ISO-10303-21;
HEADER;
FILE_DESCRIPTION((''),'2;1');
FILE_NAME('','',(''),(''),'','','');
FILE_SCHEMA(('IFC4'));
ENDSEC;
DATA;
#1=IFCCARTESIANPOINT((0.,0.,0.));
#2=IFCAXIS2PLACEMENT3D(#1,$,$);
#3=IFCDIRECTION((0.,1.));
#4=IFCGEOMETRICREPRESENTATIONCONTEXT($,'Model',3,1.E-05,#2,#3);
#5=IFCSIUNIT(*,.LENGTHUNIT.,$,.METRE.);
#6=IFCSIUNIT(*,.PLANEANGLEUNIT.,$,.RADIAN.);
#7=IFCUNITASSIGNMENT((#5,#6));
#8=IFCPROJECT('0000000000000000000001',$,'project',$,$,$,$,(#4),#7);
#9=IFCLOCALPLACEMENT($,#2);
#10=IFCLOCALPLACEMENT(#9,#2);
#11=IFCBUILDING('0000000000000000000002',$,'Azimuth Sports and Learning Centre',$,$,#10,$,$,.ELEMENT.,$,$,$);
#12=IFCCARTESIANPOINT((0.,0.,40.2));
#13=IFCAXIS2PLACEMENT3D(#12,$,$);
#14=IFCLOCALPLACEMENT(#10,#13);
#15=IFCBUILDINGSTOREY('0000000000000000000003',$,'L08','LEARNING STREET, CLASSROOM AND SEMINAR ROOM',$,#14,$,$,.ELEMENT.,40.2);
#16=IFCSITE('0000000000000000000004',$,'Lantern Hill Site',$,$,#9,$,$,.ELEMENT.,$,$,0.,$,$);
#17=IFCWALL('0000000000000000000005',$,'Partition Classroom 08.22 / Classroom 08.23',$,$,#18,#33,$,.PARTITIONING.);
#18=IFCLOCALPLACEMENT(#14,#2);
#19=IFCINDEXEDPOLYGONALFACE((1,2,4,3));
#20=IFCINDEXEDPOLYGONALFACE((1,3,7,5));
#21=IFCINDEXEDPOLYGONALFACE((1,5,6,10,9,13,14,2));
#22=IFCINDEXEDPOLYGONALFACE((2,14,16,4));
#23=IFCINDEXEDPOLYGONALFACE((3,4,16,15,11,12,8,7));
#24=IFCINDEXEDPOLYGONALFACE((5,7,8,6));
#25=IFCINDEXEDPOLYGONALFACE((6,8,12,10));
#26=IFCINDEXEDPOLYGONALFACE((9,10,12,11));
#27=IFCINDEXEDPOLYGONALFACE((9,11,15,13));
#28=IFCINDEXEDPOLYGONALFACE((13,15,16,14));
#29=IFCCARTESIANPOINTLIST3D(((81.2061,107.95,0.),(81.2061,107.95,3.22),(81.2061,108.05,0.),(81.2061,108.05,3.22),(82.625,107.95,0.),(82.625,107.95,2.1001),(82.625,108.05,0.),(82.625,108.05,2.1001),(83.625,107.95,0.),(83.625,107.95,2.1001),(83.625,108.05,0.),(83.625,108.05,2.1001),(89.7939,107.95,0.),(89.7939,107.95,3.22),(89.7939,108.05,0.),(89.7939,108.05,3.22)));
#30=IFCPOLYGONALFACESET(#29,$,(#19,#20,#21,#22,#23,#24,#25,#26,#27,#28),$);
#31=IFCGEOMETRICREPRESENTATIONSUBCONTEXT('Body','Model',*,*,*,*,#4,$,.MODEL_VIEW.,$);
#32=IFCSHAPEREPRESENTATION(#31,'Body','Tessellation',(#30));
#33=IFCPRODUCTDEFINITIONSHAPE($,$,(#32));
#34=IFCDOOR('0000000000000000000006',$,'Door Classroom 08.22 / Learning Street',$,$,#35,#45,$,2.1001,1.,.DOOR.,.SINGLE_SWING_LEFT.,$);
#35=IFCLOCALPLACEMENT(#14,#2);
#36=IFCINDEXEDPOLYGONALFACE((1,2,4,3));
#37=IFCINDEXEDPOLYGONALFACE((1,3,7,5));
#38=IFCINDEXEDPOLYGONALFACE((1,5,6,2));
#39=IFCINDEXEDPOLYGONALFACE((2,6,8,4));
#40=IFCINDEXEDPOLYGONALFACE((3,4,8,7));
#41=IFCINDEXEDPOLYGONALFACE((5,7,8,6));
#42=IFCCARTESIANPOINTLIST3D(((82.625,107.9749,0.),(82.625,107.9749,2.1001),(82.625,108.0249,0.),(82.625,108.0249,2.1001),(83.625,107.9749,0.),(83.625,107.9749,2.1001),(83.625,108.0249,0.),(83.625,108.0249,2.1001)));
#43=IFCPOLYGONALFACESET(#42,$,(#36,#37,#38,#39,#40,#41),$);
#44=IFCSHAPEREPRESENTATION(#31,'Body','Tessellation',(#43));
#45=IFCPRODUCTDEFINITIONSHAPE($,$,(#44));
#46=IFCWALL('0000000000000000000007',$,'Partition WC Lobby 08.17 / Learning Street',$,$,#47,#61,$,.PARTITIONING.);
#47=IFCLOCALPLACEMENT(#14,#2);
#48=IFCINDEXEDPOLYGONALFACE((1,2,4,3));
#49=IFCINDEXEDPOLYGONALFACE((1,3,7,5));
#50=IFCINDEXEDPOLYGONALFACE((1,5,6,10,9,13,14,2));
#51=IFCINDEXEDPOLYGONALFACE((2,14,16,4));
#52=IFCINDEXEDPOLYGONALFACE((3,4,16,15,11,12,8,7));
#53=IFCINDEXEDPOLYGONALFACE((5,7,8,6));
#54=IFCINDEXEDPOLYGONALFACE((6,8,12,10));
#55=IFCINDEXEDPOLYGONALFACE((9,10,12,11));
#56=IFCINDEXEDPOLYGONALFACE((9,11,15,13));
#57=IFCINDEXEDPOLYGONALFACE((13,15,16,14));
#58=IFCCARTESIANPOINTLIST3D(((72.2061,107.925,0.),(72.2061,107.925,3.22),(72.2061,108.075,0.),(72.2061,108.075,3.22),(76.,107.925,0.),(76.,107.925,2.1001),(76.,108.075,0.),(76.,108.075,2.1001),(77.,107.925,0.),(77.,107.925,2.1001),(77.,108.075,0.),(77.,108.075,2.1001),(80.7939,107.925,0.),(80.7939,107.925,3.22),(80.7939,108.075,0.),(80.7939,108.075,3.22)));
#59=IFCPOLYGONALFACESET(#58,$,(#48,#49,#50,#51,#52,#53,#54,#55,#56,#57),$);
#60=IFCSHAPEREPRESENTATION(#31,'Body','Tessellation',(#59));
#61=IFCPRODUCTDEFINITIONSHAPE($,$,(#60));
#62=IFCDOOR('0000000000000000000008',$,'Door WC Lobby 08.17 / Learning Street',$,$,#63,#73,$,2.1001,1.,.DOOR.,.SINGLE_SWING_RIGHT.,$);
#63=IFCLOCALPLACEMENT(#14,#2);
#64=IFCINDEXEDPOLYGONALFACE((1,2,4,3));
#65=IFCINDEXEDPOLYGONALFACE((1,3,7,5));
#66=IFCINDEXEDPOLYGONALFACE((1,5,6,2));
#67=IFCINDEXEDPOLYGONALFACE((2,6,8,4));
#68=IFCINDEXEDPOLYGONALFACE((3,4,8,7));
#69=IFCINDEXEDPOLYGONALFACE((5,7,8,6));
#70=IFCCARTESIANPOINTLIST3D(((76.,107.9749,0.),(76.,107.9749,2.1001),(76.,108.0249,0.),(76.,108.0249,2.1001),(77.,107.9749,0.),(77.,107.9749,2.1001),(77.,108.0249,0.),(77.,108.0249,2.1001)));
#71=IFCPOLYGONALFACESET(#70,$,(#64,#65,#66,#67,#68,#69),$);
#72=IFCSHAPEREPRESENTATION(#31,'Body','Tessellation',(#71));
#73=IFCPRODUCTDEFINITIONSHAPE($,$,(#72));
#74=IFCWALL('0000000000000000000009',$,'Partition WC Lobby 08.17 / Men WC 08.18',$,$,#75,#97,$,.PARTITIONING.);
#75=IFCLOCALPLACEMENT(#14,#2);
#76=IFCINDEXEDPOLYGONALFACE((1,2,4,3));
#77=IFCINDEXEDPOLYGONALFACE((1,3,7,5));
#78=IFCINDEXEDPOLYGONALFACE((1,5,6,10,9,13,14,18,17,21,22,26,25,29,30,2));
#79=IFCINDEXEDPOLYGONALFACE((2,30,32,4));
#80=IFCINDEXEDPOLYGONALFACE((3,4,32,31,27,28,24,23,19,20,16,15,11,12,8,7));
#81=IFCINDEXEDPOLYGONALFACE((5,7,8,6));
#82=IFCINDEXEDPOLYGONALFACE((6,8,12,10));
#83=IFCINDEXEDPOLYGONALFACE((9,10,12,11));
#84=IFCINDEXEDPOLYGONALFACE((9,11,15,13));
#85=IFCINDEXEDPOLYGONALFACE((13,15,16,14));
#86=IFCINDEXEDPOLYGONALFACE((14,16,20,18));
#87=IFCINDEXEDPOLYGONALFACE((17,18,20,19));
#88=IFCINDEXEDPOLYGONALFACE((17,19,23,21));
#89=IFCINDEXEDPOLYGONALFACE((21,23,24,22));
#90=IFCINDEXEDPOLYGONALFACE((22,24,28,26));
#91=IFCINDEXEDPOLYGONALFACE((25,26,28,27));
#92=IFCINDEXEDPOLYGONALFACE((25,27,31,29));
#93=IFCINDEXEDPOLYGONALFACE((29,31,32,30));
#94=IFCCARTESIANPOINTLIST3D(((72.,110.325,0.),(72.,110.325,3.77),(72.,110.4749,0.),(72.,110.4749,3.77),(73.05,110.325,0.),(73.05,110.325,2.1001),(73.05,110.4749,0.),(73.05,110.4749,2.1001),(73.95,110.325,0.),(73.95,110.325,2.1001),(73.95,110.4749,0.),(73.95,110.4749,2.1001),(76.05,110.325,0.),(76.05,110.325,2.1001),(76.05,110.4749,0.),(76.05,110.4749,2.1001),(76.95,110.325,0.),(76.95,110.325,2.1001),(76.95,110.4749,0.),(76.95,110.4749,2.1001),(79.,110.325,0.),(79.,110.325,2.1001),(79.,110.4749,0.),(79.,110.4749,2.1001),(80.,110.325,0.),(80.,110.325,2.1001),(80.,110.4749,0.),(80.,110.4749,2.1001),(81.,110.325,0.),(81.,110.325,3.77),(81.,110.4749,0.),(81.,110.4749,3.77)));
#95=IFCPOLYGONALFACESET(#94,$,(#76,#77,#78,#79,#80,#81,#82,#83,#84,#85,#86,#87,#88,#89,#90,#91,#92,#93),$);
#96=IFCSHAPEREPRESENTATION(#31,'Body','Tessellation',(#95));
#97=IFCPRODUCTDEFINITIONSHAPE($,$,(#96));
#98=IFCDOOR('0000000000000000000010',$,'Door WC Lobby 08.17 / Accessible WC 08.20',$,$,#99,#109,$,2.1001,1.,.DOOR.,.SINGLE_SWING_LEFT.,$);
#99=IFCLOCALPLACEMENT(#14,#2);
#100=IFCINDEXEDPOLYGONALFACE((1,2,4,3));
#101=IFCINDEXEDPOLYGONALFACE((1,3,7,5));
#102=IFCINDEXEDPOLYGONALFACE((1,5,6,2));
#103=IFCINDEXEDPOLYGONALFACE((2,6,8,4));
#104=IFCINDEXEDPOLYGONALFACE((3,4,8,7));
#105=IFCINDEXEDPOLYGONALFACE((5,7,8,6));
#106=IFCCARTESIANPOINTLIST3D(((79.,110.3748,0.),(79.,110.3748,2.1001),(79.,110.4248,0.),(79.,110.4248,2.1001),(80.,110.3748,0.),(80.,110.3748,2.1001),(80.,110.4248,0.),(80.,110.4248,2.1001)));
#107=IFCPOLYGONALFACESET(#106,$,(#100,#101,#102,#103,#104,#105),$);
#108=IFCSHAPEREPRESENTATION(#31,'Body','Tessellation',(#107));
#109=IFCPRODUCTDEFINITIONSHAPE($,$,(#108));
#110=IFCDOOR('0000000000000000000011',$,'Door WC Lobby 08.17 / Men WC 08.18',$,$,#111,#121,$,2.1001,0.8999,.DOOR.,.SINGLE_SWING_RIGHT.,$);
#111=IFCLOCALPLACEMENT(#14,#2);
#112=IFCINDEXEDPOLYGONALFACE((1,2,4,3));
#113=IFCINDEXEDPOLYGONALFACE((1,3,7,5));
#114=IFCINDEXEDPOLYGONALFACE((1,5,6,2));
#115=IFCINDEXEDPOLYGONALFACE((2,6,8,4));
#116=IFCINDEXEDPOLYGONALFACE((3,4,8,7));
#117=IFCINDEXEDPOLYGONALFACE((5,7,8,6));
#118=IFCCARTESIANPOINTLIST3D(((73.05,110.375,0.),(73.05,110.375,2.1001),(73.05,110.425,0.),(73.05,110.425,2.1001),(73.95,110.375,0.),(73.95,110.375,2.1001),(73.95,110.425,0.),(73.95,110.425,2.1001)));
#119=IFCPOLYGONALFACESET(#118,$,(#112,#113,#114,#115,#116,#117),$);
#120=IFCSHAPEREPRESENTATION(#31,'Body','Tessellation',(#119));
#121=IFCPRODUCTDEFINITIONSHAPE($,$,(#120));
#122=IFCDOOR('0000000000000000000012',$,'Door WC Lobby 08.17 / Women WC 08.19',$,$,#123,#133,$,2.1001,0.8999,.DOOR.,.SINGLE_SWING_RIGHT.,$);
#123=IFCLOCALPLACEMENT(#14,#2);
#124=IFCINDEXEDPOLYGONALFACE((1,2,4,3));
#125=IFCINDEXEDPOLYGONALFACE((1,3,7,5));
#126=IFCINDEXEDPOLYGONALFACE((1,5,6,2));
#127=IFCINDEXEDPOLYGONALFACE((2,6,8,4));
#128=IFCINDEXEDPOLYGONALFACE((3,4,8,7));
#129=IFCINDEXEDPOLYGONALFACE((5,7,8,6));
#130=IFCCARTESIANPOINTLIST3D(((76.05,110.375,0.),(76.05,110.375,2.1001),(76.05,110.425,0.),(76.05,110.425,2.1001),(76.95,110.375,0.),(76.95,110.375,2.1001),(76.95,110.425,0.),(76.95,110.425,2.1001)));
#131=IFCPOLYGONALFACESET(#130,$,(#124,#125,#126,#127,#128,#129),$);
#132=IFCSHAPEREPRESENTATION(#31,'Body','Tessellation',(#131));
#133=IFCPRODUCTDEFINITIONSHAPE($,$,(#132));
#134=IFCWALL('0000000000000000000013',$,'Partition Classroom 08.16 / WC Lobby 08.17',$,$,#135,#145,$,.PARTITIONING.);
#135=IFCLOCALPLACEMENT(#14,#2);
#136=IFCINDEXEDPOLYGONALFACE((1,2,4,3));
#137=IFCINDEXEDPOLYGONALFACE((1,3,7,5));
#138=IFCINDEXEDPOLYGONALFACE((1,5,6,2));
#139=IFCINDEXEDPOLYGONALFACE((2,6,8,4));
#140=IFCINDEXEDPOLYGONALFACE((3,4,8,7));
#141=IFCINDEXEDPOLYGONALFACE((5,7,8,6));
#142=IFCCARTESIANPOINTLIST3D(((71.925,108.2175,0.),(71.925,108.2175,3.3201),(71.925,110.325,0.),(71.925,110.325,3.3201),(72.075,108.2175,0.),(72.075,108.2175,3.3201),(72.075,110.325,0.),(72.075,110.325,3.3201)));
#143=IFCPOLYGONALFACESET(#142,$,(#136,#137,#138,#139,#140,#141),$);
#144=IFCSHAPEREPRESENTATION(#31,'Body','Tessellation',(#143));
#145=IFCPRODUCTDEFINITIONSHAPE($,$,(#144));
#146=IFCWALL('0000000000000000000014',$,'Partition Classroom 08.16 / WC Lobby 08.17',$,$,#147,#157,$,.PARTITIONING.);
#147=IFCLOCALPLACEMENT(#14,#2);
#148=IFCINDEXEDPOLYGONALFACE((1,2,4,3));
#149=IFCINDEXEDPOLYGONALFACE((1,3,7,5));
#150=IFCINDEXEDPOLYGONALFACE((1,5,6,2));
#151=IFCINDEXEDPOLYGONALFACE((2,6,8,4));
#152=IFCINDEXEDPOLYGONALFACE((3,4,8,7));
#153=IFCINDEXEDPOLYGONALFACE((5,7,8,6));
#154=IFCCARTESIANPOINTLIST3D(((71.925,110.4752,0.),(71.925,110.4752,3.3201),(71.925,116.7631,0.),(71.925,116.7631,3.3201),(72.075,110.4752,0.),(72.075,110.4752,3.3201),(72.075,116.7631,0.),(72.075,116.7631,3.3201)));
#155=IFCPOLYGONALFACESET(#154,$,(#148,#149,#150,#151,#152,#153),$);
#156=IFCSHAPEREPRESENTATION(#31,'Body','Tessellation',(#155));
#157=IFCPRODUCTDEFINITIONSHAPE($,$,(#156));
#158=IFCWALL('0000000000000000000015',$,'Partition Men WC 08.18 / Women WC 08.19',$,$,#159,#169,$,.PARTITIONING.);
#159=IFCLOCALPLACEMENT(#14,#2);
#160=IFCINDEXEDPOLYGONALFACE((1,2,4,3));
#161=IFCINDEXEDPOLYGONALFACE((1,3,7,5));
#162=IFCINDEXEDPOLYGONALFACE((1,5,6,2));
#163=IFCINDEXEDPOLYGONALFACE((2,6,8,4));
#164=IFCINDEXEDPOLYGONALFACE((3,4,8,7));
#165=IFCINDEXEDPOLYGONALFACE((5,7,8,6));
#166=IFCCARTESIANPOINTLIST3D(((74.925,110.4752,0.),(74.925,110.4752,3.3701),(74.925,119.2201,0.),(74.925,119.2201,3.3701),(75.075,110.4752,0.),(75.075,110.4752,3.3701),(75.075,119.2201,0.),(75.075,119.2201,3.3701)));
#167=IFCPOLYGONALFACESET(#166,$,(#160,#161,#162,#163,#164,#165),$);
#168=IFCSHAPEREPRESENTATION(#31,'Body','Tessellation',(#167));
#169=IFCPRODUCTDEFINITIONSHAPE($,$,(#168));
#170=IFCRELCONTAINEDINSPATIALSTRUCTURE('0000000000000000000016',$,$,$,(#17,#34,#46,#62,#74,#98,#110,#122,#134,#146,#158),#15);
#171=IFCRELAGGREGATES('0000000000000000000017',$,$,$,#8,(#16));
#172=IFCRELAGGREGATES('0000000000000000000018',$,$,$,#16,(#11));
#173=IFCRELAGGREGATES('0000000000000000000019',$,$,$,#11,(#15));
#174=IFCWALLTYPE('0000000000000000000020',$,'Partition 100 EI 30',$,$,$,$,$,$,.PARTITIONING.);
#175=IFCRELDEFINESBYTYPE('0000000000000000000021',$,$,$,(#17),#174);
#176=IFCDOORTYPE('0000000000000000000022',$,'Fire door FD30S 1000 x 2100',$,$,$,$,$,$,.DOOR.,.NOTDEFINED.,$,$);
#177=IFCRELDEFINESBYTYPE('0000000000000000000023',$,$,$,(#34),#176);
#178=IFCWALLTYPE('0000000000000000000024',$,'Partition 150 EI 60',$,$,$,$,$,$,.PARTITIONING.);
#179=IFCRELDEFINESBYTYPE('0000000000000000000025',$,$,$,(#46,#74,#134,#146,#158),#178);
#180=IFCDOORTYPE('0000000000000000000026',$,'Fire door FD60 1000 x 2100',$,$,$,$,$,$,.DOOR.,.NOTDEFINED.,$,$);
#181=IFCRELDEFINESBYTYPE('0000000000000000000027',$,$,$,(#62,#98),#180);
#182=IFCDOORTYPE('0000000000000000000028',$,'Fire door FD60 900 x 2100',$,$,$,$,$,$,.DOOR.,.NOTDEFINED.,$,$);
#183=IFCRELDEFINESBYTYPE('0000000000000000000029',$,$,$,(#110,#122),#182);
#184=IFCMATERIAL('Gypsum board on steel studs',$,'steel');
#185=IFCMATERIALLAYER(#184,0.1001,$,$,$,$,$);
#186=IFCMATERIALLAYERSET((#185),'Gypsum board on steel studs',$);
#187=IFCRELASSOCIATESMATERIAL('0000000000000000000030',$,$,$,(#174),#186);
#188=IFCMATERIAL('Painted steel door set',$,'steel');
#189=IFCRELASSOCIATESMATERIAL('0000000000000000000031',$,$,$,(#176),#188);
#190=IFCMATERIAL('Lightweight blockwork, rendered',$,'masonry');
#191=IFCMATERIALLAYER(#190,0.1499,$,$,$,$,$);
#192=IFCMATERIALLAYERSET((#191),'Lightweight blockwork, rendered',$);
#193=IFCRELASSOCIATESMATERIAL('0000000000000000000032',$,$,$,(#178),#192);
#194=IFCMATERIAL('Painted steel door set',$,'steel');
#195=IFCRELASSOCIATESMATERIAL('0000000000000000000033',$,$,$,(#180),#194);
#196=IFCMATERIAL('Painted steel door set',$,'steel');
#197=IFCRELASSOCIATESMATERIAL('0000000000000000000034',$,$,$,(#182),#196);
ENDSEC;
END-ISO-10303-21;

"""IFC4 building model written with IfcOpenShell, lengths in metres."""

from ifc_helpers import new_model, si_unit, direction, frame, frame_2d, origin, place, context, subcontext, project, spatial, rectangle, extrude, material, layer, layer_set, type_object, element, fill, save


model = new_model("IFC4")

# Units and contexts
model_context = context("Model", 3, precision=1e-05, world=origin(), true_north=direction((0.0, 1.0)))
body_context = subcontext(model_context, "Body", "Model", "MODEL_VIEW")
ifc_project = project(units=[si_unit("LENGTHUNIT", "METRE"), si_unit("PLANEANGLEUNIT", "RADIAN")], contexts=[model_context])

# Site, building, storey
site_placement = place(None, origin())
site = spatial("IfcSite", under=ifc_project, at=site_placement, Name="Lantern Hill Site", CompositionType="ELEMENT", RefElevation=0.0)
building_placement = place(site_placement, origin())
building = spatial("IfcBuilding", under=site, at=building_placement, Name="Azimuth Sports and Learning Centre", CompositionType="ELEMENT")
storey_placement = place(building_placement, frame((0.0, 0.0, 40.2)))
storey = spatial("IfcBuildingStorey", under=building, at=storey_placement, Name="L08", Description="LEARNING STREET, CLASSROOM AND SEMINAR ROOM", CompositionType="ELEMENT", Elevation=40.2)

# Walls, openings, doors
ifc_material_1 = material(Name="Gypsum board on steel studs", Category="steel")
ifc_layer_1 = layer(ifc_material_1, 0.1001)
ifc_layer_set_1 = layer_set([ifc_layer_1], Name="Gypsum board on steel studs")
wall_type_1 = type_object("IfcWallType", Name="Partition 100 EI 30", PredefinedType="PARTITIONING", material=ifc_layer_set_1)
wall_1_placement = place(storey_placement, frame((81.2061, 108.0, 0.0), z_axis=(0.0, 0.0, 1.0), x_axis=(1.0, 0.0, 0.0)))
wall_1 = element("IfcWall", 1, at=wall_1_placement, inside=storey, type_object=wall_type_1, Name="Partition Classroom 08.22 / Classroom 08.23", PredefinedType="PARTITIONING", context=body_context, shape_type="SweptSolid", body=[
    extrude(rectangle(XDim=8.5879, YDim=0.1001, at=frame_2d((4.2939, 0.0))), origin(), (0.0, 0.0, 1.0), 3.22),
])
opening_1_placement = place(wall_1_placement, frame((1.4189, 0.0, 0.0)))
opening_1 = element("IfcOpeningElement", 2, at=opening_1_placement, cuts=wall_1, PredefinedType="OPENING", context=body_context, shape_type="SweptSolid", body=[
    extrude(rectangle(XDim=1.0, YDim=2.1001, at=frame_2d((0.5, 1.05))), frame((0.0, 0.061, 0.0), z_axis=(0.0, -1.0, 0.0), x_axis=(1.0, 0.0, 0.0)), (0.0, 0.0, 1.0), 0.1221),
])
ifc_material_2 = material(Name="Painted steel door set", Category="steel")
door_type_1 = type_object("IfcDoorType", Name="Fire door FD30S 1000 x 2100", OperationType="NOTDEFINED", PredefinedType="DOOR", material=ifc_material_2)
door_1_placement = place(opening_1_placement, origin())
door_1 = element("IfcDoor", 3, at=door_1_placement, inside=storey, type_object=door_type_1, Name="Door Classroom 08.22 / Learning Street", OperationType="SINGLE_SWING_LEFT", OverallHeight=2.1001, OverallWidth=1.0, PredefinedType="DOOR", context=body_context, shape_type="SweptSolid", body=[
    extrude(rectangle(XDim=1.0, YDim=2.1001, at=frame_2d((0.5, 1.05))), frame((0.0, 0.0249, 0.0), z_axis=(0.0, -1.0, 0.0), x_axis=(1.0, 0.0, 0.0)), (0.0, 0.0, 1.0), 0.05),
])
fill(opening_1, door_1)
ifc_material_3 = material(Name="Lightweight blockwork, rendered", Category="masonry")
ifc_layer_2 = layer(ifc_material_3, 0.1499)
ifc_layer_set_2 = layer_set([ifc_layer_2], Name="Lightweight blockwork, rendered")
wall_type_2 = type_object("IfcWallType", Name="Partition 150 EI 60", PredefinedType="PARTITIONING", material=ifc_layer_set_2)
wall_2_placement = place(storey_placement, frame((72.2061, 108.0, 0.0), z_axis=(0.0, 0.0, 1.0), x_axis=(1.0, 0.0, 0.0)))
wall_2 = element("IfcWall", 4, at=wall_2_placement, inside=storey, type_object=wall_type_2, Name="Partition WC Lobby 08.17 / Learning Street", PredefinedType="PARTITIONING", context=body_context, shape_type="SweptSolid", body=[
    extrude(rectangle(XDim=8.5879, YDim=0.1499, at=frame_2d((4.2939, 0.0))), origin(), (0.0, 0.0, 1.0), 3.22),
])
opening_2_placement = place(wall_2_placement, frame((3.7939, 0.0, 0.0)))
opening_2 = element("IfcOpeningElement", 5, at=opening_2_placement, cuts=wall_2, PredefinedType="OPENING", context=body_context, shape_type="SweptSolid", body=[
    extrude(rectangle(XDim=1.0, YDim=2.1001, at=frame_2d((0.5, 1.05))), frame((0.0, 0.0859, 0.0), z_axis=(0.0, -1.0, 0.0), x_axis=(1.0, 0.0, 0.0)), (0.0, 0.0, 1.0), 0.1719),
])
ifc_material_4 = material(Name="Painted steel door set", Category="steel")
door_type_2 = type_object("IfcDoorType", Name="Fire door FD60 1000 x 2100", OperationType="NOTDEFINED", PredefinedType="DOOR", material=ifc_material_4)
door_2_placement = place(opening_2_placement, origin())
door_2 = element("IfcDoor", 6, at=door_2_placement, inside=storey, type_object=door_type_2, Name="Door WC Lobby 08.17 / Learning Street", OperationType="SINGLE_SWING_RIGHT", OverallHeight=2.1001, OverallWidth=1.0, PredefinedType="DOOR", context=body_context, shape_type="SweptSolid", body=[
    extrude(rectangle(XDim=1.0, YDim=2.1001, at=frame_2d((0.5, 1.05))), frame((0.0, 0.0249, 0.0), z_axis=(0.0, -1.0, 0.0), x_axis=(1.0, 0.0, 0.0)), (0.0, 0.0, 1.0), 0.05),
])
fill(opening_2, door_2)

# Wall, openings, doors
wall_3_placement = place(storey_placement, frame((72.0, 110.3999, 0.0), z_axis=(0.0, 0.0, 1.0), x_axis=(1.0, 0.0, 0.0)))
wall_3 = element("IfcWall", 7, at=wall_3_placement, inside=storey, type_object=wall_type_2, Name="Partition WC Lobby 08.17 / Men WC 08.18", PredefinedType="PARTITIONING", context=body_context, shape_type="SweptSolid", body=[
    extrude(rectangle(XDim=9.0, YDim=0.1499, at=frame_2d((4.5, 0.0))), origin(), (0.0, 0.0, 1.0), 3.77),
])
opening_3_placement = place(wall_3_placement, frame((1.05, 0.0, 0.0)))
opening_3 = element("IfcOpeningElement", 8, at=opening_3_placement, cuts=wall_3, PredefinedType="OPENING", context=body_context, shape_type="SweptSolid", body=[
    extrude(rectangle(XDim=0.8999, YDim=2.1001, at=frame_2d((0.45, 1.05))), frame((0.0, 0.0859, 0.0), z_axis=(0.0, -1.0, 0.0), x_axis=(1.0, 0.0, 0.0)), (0.0, 0.0, 1.0), 0.1719),
])
opening_4_placement = place(wall_3_placement, frame((4.05, 0.0, 0.0)))
opening_4 = element("IfcOpeningElement", 9, at=opening_4_placement, cuts=wall_3, PredefinedType="OPENING", context=body_context, shape_type="SweptSolid", body=[
    extrude(rectangle(XDim=0.8999, YDim=2.1001, at=frame_2d((0.45, 1.05))), frame((0.0, 0.0859, 0.0), z_axis=(0.0, -1.0, 0.0), x_axis=(1.0, 0.0, 0.0)), (0.0, 0.0, 1.0), 0.1719),
])
opening_5_placement = place(wall_3_placement, frame((7.0, 0.0, 0.0)))
opening_5 = element("IfcOpeningElement", 10, at=opening_5_placement, cuts=wall_3, PredefinedType="OPENING", context=body_context, shape_type="SweptSolid", body=[
    extrude(rectangle(XDim=1.0, YDim=2.1001, at=frame_2d((0.5, 1.05))), frame((0.0, 0.0859, 0.0), z_axis=(0.0, -1.0, 0.0), x_axis=(1.0, 0.0, 0.0)), (0.0, 0.0, 1.0), 0.1719),
])
door_3_placement = place(opening_5_placement, origin())
door_3 = element("IfcDoor", 11, at=door_3_placement, inside=storey, type_object=door_type_2, Name="Door WC Lobby 08.17 / Accessible WC 08.20", OperationType="SINGLE_SWING_LEFT", OverallHeight=2.1001, OverallWidth=1.0, PredefinedType="DOOR", context=body_context, shape_type="SweptSolid", body=[
    extrude(rectangle(XDim=1.0, YDim=2.1001, at=frame_2d((0.5, 1.05))), frame((0.0, 0.0249, 0.0), z_axis=(0.0, -1.0, 0.0), x_axis=(1.0, 0.0, 0.0)), (0.0, 0.0, 1.0), 0.05),
])
fill(opening_5, door_3)
ifc_material_5 = material(Name="Painted steel door set", Category="steel")
door_type_3 = type_object("IfcDoorType", Name="Fire door FD60 900 x 2100", OperationType="NOTDEFINED", PredefinedType="DOOR", material=ifc_material_5)
door_4_placement = place(opening_3_placement, frame((0.8999, 0.0, 0.0), z_axis=(0.0, 0.0, 1.0), x_axis=(-1.0, 0.0, 0.0)))
door_4 = element("IfcDoor", 12, at=door_4_placement, inside=storey, type_object=door_type_3, Name="Door WC Lobby 08.17 / Men WC 08.18", OperationType="SINGLE_SWING_RIGHT", OverallHeight=2.1001, OverallWidth=0.8999, PredefinedType="DOOR", context=body_context, shape_type="SweptSolid", body=[
    extrude(rectangle(XDim=0.8999, YDim=2.1001, at=frame_2d((0.45, 1.05))), frame((0.0, 0.0249, 0.0), z_axis=(0.0, -1.0, 0.0), x_axis=(1.0, 0.0, 0.0)), (0.0, 0.0, 1.0), 0.05),
])
fill(opening_3, door_4)
door_5_placement = place(opening_4_placement, frame((0.8999, 0.0, 0.0), z_axis=(0.0, 0.0, 1.0), x_axis=(-1.0, 0.0, 0.0)))
door_5 = element("IfcDoor", 13, at=door_5_placement, inside=storey, type_object=door_type_3, Name="Door WC Lobby 08.17 / Women WC 08.19", OperationType="SINGLE_SWING_RIGHT", OverallHeight=2.1001, OverallWidth=0.8999, PredefinedType="DOOR", context=body_context, shape_type="SweptSolid", body=[
    extrude(rectangle(XDim=0.8999, YDim=2.1001, at=frame_2d((0.45, 1.05))), frame((0.0, 0.0249, 0.0), z_axis=(0.0, -1.0, 0.0), x_axis=(1.0, 0.0, 0.0)), (0.0, 0.0, 1.0), 0.05),
])
fill(opening_4, door_5)

# Walls
wall_4_placement = place(storey_placement, frame((72.0, 108.2175, 0.0), z_axis=(0.0, 0.0, 1.0), x_axis=(0.0, 1.0, 0.0)))
element("IfcWall", 14, at=wall_4_placement, inside=storey, type_object=wall_type_2, Name="Partition Classroom 08.16 / WC Lobby 08.17", PredefinedType="PARTITIONING", context=body_context, shape_type="SweptSolid", body=[
    extrude(rectangle(XDim=2.1074, YDim=0.1499, at=frame_2d((1.0537, 0.0))), origin(), (0.0, 0.0, 1.0), 3.3201),
])
wall_5_placement = place(storey_placement, frame((72.0, 110.4751, 0.0), z_axis=(0.0, 0.0, 1.0), x_axis=(0.0, 1.0, 0.0)))
element("IfcWall", 15, at=wall_5_placement, inside=storey, type_object=wall_type_2, Name="Partition Classroom 08.16 / WC Lobby 08.17", PredefinedType="PARTITIONING", context=body_context, shape_type="SweptSolid", body=[
    extrude(rectangle(XDim=6.2878, YDim=0.1499, at=frame_2d((3.144, 0.0))), origin(), (0.0, 0.0, 1.0), 3.3201),
])
wall_6_placement = place(storey_placement, frame((75.0, 110.4751, 0.0), z_axis=(0.0, 0.0, 1.0), x_axis=(0.0, 1.0, 0.0)))
element("IfcWall", 16, at=wall_6_placement, inside=storey, type_object=wall_type_2, Name="Partition Men WC 08.18 / Women WC 08.19", PredefinedType="PARTITIONING", context=body_context, shape_type="SweptSolid", body=[
    extrude(rectangle(XDim=8.7449, YDim=0.1499, at=frame_2d((4.3726, 0.0))), origin(), (0.0, 0.0, 1.0), 3.3701),
])

save(model, "model.ifc")
